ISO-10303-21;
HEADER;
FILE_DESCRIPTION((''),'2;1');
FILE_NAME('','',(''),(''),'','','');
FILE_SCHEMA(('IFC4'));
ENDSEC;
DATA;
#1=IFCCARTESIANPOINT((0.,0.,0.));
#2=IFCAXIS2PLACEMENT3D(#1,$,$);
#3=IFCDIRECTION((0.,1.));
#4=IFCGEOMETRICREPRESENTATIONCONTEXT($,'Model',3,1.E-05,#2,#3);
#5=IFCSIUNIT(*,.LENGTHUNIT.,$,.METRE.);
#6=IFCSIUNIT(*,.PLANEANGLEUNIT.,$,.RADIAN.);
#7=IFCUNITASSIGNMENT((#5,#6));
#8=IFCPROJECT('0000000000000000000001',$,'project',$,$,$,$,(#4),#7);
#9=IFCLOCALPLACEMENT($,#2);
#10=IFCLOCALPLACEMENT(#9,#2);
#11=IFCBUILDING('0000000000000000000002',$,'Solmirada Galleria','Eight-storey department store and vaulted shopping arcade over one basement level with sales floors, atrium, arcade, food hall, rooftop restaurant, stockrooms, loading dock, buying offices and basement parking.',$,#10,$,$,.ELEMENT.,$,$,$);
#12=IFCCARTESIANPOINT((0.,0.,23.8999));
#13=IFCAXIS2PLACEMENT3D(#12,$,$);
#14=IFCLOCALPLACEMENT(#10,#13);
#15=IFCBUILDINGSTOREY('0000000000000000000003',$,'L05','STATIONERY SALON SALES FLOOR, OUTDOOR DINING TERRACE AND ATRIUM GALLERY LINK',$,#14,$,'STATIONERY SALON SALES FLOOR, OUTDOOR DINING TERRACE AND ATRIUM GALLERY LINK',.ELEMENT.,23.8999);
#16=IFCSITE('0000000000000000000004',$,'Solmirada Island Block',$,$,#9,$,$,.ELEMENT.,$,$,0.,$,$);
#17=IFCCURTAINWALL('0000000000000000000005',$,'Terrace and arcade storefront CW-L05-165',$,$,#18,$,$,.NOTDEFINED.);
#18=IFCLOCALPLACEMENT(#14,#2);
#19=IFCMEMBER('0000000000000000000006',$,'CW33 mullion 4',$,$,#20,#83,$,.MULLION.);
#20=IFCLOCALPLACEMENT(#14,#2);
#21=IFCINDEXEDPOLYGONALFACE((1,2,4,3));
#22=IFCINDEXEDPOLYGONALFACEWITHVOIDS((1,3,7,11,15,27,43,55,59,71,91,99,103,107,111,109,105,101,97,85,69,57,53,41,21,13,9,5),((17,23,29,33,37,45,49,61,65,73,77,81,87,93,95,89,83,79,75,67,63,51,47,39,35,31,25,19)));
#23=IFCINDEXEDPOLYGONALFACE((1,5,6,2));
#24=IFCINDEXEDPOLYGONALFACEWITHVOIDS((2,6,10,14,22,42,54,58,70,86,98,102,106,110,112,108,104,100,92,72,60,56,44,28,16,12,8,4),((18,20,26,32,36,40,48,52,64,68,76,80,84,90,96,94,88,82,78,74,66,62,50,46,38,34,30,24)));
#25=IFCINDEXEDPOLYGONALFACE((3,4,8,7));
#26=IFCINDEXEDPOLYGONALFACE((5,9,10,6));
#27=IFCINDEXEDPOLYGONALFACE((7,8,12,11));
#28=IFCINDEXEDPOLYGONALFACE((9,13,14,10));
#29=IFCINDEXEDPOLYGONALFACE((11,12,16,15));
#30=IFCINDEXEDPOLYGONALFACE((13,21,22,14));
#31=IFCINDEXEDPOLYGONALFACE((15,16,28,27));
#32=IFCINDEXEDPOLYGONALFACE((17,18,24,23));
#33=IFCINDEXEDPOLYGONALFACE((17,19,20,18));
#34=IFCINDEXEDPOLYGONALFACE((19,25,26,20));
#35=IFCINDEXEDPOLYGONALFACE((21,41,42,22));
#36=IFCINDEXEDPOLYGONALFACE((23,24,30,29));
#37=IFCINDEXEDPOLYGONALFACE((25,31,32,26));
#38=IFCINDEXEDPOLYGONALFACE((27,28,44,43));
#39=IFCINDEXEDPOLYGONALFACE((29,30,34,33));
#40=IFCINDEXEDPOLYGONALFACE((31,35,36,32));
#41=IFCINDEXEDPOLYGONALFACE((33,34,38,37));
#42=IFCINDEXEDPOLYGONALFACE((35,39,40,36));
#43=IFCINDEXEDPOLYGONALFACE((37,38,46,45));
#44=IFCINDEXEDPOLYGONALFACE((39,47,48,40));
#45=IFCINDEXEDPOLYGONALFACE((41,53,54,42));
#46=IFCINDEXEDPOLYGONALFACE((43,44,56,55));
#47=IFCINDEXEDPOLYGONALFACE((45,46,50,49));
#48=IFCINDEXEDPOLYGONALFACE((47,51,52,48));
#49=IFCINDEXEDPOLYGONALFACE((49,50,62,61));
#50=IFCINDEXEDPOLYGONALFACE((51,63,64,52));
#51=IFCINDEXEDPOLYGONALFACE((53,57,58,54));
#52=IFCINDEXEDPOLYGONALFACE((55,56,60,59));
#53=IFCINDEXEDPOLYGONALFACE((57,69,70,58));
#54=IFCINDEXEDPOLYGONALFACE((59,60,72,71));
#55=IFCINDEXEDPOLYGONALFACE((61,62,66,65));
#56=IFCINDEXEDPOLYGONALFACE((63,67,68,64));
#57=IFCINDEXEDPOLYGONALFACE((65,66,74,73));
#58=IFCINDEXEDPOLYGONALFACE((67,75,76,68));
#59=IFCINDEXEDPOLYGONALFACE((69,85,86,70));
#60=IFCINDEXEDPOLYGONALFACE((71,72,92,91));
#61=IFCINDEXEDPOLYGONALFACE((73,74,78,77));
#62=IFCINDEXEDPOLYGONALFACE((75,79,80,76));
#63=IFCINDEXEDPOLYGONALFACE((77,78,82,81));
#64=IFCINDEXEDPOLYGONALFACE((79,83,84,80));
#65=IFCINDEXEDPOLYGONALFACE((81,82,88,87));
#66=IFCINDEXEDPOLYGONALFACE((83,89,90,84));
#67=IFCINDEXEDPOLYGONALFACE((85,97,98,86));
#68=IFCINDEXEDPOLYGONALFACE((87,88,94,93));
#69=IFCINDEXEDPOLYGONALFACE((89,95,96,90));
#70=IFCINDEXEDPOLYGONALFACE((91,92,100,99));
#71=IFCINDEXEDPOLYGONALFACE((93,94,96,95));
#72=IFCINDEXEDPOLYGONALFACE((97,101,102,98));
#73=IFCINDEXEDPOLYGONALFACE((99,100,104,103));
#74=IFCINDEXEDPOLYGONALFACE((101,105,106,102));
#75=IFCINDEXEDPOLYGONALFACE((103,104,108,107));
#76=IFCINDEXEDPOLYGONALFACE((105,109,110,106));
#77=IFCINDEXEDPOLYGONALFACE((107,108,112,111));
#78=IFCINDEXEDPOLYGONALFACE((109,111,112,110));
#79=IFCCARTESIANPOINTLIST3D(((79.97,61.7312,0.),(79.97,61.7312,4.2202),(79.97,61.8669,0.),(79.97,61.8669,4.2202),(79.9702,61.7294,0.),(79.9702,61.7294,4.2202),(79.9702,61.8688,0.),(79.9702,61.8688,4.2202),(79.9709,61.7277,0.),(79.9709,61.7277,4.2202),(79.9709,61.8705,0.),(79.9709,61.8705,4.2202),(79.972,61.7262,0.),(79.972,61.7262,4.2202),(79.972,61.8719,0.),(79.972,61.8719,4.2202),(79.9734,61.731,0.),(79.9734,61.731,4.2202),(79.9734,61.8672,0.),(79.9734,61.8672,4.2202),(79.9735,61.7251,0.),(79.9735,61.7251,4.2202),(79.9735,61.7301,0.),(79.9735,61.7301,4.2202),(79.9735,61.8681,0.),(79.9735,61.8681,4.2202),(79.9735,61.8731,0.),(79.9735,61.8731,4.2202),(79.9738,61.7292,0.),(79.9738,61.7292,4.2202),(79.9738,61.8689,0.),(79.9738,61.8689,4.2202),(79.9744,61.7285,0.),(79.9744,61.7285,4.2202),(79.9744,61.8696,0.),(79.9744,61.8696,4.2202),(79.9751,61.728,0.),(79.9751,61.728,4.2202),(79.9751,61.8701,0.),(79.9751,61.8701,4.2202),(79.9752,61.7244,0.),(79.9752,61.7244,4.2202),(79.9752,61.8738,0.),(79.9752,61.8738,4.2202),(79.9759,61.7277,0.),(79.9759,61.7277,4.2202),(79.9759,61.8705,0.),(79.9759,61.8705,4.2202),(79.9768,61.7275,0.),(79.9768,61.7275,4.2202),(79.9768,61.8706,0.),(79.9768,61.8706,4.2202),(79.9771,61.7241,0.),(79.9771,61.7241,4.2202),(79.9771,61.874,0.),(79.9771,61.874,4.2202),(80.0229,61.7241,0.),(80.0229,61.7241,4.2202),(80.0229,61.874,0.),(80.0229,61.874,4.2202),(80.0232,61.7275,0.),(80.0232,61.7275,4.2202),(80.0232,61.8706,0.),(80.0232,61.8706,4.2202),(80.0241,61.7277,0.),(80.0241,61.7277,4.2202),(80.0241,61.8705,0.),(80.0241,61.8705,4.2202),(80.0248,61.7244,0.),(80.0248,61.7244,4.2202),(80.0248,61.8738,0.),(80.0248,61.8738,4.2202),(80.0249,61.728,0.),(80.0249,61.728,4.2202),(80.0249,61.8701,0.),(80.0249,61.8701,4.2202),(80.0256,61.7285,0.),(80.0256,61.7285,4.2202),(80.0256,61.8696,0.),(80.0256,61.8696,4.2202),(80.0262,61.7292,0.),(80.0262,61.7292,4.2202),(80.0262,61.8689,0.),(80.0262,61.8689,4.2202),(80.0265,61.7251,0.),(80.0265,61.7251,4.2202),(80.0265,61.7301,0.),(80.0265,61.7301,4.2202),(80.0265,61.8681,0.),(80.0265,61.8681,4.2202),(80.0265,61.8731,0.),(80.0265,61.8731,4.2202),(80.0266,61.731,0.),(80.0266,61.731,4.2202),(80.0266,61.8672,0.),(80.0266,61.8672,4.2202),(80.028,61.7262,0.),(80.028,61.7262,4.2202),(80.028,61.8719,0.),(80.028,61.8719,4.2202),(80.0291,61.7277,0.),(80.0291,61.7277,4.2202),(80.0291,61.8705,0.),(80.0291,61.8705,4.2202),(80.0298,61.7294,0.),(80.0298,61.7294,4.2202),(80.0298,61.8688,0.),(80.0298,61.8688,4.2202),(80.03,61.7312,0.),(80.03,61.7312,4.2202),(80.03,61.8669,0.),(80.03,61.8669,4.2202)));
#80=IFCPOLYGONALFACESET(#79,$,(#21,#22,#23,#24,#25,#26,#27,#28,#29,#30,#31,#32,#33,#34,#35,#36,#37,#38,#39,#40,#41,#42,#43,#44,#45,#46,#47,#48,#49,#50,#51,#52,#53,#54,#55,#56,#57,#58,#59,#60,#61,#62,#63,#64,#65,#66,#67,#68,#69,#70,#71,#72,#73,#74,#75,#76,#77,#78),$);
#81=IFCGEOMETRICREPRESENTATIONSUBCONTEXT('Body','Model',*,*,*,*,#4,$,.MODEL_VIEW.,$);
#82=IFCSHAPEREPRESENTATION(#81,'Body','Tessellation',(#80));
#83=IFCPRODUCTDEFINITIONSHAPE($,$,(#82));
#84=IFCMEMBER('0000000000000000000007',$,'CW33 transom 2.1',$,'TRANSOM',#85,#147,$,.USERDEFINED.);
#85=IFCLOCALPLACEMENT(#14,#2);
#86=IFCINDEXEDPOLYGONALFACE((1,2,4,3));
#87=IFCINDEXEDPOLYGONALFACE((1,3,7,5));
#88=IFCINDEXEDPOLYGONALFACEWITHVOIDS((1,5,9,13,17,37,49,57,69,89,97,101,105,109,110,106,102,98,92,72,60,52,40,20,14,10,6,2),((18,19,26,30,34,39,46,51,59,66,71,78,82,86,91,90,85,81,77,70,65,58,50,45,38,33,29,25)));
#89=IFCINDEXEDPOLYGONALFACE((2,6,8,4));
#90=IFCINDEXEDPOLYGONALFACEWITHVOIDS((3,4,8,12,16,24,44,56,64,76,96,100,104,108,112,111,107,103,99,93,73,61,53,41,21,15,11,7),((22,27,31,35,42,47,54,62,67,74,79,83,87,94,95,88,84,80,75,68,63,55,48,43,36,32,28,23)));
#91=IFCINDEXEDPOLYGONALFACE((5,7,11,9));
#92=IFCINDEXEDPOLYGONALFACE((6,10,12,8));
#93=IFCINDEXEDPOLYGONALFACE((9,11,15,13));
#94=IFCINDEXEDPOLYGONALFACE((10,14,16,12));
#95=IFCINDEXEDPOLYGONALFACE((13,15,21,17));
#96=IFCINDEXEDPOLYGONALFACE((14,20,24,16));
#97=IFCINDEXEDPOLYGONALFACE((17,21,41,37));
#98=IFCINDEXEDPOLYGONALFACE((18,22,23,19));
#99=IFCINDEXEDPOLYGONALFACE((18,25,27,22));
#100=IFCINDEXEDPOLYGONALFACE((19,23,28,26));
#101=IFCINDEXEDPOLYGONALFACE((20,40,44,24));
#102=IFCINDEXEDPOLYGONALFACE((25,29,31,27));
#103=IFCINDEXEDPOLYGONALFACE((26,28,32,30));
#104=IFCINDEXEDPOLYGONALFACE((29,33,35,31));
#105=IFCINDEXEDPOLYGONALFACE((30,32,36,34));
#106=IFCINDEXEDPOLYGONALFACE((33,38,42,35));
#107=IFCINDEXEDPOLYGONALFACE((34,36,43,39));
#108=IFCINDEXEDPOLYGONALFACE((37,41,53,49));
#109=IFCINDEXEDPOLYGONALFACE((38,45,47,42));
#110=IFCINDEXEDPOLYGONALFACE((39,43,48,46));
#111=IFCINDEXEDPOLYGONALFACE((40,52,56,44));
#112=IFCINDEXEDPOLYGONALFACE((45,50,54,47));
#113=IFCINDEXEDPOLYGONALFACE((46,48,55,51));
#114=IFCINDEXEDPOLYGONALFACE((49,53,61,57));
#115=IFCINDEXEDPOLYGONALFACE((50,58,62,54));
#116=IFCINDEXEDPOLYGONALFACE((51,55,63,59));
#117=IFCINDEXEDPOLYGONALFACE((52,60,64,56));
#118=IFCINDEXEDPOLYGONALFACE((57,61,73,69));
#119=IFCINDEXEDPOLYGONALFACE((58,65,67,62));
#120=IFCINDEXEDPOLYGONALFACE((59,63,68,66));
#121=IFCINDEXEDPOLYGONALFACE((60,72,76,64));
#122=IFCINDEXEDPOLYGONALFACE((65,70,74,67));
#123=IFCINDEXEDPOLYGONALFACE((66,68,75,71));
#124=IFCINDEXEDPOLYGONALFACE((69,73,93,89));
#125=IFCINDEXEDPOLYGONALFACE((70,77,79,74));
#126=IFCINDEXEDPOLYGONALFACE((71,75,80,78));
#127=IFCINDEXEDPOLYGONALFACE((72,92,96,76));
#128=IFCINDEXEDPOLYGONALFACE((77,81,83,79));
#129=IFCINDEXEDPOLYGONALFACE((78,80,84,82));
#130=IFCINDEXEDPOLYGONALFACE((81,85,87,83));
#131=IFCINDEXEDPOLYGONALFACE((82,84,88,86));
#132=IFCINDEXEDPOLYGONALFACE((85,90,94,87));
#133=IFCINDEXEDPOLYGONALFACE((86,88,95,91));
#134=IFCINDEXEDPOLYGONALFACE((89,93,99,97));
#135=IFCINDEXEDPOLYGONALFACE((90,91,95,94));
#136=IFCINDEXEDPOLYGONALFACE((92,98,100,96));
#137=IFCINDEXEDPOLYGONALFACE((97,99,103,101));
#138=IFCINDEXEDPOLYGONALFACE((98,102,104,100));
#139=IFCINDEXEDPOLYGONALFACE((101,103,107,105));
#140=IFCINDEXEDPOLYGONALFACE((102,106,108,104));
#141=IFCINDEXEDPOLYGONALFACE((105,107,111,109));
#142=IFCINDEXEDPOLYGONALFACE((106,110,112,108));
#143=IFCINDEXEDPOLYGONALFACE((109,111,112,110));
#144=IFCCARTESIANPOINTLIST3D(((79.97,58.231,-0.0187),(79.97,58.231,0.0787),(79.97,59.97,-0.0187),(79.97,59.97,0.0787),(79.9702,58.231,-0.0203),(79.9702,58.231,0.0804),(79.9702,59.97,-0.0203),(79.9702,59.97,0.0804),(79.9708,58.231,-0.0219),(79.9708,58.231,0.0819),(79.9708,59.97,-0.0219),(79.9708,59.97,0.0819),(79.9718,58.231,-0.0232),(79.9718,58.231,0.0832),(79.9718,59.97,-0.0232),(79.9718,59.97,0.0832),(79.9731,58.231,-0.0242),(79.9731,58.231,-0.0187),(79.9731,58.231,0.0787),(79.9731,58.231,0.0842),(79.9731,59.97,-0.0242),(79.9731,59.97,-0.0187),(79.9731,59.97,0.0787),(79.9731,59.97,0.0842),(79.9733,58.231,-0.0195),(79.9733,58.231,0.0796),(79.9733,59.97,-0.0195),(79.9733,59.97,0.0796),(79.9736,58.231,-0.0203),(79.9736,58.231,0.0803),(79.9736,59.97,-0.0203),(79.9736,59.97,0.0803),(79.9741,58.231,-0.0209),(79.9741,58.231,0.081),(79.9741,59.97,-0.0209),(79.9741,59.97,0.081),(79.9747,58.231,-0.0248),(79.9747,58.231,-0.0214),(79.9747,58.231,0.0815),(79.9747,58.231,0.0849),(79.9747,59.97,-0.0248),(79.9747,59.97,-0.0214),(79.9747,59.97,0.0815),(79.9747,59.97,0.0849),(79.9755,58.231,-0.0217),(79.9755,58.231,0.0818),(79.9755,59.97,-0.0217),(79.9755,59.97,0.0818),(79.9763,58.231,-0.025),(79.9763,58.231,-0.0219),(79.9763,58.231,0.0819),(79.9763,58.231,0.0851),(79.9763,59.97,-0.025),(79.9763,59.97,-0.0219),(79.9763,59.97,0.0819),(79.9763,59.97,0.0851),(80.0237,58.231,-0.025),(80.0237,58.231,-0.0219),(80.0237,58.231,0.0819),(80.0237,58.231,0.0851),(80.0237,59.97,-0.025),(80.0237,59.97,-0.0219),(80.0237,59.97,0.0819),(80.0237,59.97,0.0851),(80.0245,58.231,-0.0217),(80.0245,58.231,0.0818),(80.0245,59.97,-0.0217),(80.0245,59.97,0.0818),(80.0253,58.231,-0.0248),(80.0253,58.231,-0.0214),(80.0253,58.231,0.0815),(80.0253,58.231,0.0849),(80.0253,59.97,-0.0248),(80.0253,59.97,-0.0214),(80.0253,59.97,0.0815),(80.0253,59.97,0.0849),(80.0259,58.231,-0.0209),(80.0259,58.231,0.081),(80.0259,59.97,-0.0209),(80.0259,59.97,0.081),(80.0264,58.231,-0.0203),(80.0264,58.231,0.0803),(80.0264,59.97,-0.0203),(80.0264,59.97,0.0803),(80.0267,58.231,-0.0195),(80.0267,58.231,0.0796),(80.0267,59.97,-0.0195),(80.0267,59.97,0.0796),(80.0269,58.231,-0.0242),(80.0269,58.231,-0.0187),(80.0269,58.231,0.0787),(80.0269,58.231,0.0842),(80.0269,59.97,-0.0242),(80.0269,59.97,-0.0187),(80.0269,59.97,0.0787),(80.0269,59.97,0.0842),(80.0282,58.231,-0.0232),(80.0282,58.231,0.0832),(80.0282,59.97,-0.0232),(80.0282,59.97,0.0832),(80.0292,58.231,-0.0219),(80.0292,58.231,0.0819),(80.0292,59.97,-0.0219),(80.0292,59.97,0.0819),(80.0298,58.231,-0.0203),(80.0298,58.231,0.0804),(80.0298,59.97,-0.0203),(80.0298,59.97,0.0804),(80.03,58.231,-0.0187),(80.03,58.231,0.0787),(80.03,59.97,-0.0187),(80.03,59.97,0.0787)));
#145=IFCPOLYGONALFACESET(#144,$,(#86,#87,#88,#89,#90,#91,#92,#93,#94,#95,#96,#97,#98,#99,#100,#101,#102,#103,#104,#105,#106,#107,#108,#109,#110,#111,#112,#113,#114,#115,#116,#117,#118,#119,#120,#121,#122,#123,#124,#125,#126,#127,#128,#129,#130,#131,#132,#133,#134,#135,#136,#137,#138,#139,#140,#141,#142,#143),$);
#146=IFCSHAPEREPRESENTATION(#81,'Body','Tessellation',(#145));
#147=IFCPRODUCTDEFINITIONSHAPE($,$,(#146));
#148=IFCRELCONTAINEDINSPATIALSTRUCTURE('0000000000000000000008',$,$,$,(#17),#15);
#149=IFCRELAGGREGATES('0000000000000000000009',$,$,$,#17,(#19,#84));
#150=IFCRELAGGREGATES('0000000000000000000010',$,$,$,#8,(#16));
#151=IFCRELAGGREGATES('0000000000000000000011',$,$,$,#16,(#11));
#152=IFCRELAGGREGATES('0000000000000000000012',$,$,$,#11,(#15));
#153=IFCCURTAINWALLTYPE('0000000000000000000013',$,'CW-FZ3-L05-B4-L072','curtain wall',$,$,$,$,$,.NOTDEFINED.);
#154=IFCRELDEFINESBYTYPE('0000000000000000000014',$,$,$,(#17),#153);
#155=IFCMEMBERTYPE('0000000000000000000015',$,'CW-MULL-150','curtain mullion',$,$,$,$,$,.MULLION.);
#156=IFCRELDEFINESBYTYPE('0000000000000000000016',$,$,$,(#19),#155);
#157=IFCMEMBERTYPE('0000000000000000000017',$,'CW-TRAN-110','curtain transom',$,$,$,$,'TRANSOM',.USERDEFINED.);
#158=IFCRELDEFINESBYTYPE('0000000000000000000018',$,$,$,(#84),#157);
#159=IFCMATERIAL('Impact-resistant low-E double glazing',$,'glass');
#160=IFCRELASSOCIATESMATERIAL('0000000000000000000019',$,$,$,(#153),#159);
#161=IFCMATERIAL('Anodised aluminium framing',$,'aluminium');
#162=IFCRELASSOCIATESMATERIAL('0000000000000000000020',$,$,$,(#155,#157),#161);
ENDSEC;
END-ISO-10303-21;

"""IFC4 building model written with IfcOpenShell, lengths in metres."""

from ifc_helpers import new_model, si_unit, direction, frame, origin, origin_2d, place, context, subcontext, project, spatial, hollow_rectangle, extrude, material, material_profile, profile_set, type_object, element, aggregate, save


model = new_model("IFC4")

# Units and contexts
model_context = context("Model", 3, precision=1e-05, world=origin(), true_north=direction((0.0, 1.0)))
body_context = subcontext(model_context, "Body", "Model", "MODEL_VIEW")
ifc_project = project(units=[si_unit("LENGTHUNIT", "METRE"), si_unit("PLANEANGLEUNIT", "RADIAN")], contexts=[model_context])

# Site, building, storey
site_placement = place(None, origin())
site = spatial("IfcSite", under=ifc_project, at=site_placement, Name="Solmirada Island Block", CompositionType="ELEMENT", RefElevation=0.0)
building_placement = place(site_placement, origin())
building = spatial("IfcBuilding", under=site, at=building_placement, Name="Solmirada Galleria", Description="Eight-storey department store and vaulted shopping arcade over one basement level with sales floors, atrium, arcade, food hall, rooftop restaurant, stockrooms, loading dock, buying offices and basement parking.", CompositionType="ELEMENT")
storey_placement = place(building_placement, frame((0.0, 0.0, 23.8999)))
storey = spatial("IfcBuildingStorey", under=building, at=storey_placement, Name="L05", Description="STATIONERY SALON SALES FLOOR, OUTDOOR DINING TERRACE AND ATRIUM GALLERY LINK", LongName="STATIONERY SALON SALES FLOOR, OUTDOOR DINING TERRACE AND ATRIUM GALLERY LINK", CompositionType="ELEMENT", Elevation=23.8999)

# Curtain wall, members
ifc_material_1 = material(Name="Impact-resistant low-E double glazing", Category="glass")
curtain_wall_type = type_object("IfcCurtainWallType", Name="CW-FZ3-L05-B4-L072", Description="curtain wall", PredefinedType="NOTDEFINED", material=ifc_material_1)
curtain_wall_placement = place(storey_placement, origin())
curtain_wall = element("IfcCurtainWall", 1, at=curtain_wall_placement, inside=storey, type_object=curtain_wall_type, Name="Terrace and arcade storefront CW-L05-165", PredefinedType="NOTDEFINED")
ifc_material_2 = material(Name="Anodised aluminium framing", Category="aluminium")
ifc_material_profile_1 = material_profile(ifc_material_2, hollow_rectangle(XDim=0.0601, YDim=0.1499, WallThickness=0.0034, InnerFilletRadius=0.0034, OuterFilletRadius=0.0071, at=origin_2d()), Name="ALU-MULL-150X60")
ifc_profile_set_1 = profile_set([ifc_material_profile_1], Name="Anodised aluminium framing")
member_type_1 = type_object("IfcMemberType", Name="CW-MULL-150", Description="curtain mullion", PredefinedType="MULLION", material=ifc_profile_set_1)
member_1_placement = place(storey_placement, frame((80.0, 61.7991, 0.0), z_axis=(0.0, 0.0, 1.0), x_axis=(-1.0, 0.0, 0.0)))
member_1 = element("IfcMember", 2, at=member_1_placement, type_object=member_type_1, Name="CW33 mullion 4", PredefinedType="MULLION", context=body_context, shape_type="SweptSolid", body=[
    extrude(hollow_rectangle(XDim=0.0601, YDim=0.1499, WallThickness=0.0034, InnerFilletRadius=0.0034, OuterFilletRadius=0.0071, at=origin_2d()), origin(), (0.0, 0.0, 1.0), 4.2202),
])
ifc_material_profile_2 = material_profile(ifc_material_2, hollow_rectangle(XDim=0.0601, YDim=0.1101, WallThickness=0.0032, InnerFilletRadius=0.0032, OuterFilletRadius=0.0063, at=origin_2d()), Name="ALU-TRAN-110X60")
ifc_profile_set_2 = profile_set([ifc_material_profile_2], Name="Anodised aluminium framing")
member_type_2 = type_object("IfcMemberType", Name="CW-TRAN-110", Description="curtain transom", ElementType="TRANSOM", PredefinedType="USERDEFINED", material=ifc_profile_set_2)
member_2_placement = place(storey_placement, frame((80.0, 58.231, 0.03), z_axis=(0.0, 1.0, 0.0), x_axis=(-1.0, 0.0, 0.0)))
member_2 = element("IfcMember", 3, at=member_2_placement, type_object=member_type_2, Name="CW33 transom 2.1", ObjectType="TRANSOM", PredefinedType="USERDEFINED", context=body_context, shape_type="SweptSolid", body=[
    extrude(hollow_rectangle(XDim=0.0601, YDim=0.1101, WallThickness=0.0032, InnerFilletRadius=0.0032, OuterFilletRadius=0.0063, at=origin_2d()), origin(), (0.0, 0.0, 1.0), 1.739),
])
aggregate(curtain_wall, [member_1, member_2])

save(model, "model.ifc")
